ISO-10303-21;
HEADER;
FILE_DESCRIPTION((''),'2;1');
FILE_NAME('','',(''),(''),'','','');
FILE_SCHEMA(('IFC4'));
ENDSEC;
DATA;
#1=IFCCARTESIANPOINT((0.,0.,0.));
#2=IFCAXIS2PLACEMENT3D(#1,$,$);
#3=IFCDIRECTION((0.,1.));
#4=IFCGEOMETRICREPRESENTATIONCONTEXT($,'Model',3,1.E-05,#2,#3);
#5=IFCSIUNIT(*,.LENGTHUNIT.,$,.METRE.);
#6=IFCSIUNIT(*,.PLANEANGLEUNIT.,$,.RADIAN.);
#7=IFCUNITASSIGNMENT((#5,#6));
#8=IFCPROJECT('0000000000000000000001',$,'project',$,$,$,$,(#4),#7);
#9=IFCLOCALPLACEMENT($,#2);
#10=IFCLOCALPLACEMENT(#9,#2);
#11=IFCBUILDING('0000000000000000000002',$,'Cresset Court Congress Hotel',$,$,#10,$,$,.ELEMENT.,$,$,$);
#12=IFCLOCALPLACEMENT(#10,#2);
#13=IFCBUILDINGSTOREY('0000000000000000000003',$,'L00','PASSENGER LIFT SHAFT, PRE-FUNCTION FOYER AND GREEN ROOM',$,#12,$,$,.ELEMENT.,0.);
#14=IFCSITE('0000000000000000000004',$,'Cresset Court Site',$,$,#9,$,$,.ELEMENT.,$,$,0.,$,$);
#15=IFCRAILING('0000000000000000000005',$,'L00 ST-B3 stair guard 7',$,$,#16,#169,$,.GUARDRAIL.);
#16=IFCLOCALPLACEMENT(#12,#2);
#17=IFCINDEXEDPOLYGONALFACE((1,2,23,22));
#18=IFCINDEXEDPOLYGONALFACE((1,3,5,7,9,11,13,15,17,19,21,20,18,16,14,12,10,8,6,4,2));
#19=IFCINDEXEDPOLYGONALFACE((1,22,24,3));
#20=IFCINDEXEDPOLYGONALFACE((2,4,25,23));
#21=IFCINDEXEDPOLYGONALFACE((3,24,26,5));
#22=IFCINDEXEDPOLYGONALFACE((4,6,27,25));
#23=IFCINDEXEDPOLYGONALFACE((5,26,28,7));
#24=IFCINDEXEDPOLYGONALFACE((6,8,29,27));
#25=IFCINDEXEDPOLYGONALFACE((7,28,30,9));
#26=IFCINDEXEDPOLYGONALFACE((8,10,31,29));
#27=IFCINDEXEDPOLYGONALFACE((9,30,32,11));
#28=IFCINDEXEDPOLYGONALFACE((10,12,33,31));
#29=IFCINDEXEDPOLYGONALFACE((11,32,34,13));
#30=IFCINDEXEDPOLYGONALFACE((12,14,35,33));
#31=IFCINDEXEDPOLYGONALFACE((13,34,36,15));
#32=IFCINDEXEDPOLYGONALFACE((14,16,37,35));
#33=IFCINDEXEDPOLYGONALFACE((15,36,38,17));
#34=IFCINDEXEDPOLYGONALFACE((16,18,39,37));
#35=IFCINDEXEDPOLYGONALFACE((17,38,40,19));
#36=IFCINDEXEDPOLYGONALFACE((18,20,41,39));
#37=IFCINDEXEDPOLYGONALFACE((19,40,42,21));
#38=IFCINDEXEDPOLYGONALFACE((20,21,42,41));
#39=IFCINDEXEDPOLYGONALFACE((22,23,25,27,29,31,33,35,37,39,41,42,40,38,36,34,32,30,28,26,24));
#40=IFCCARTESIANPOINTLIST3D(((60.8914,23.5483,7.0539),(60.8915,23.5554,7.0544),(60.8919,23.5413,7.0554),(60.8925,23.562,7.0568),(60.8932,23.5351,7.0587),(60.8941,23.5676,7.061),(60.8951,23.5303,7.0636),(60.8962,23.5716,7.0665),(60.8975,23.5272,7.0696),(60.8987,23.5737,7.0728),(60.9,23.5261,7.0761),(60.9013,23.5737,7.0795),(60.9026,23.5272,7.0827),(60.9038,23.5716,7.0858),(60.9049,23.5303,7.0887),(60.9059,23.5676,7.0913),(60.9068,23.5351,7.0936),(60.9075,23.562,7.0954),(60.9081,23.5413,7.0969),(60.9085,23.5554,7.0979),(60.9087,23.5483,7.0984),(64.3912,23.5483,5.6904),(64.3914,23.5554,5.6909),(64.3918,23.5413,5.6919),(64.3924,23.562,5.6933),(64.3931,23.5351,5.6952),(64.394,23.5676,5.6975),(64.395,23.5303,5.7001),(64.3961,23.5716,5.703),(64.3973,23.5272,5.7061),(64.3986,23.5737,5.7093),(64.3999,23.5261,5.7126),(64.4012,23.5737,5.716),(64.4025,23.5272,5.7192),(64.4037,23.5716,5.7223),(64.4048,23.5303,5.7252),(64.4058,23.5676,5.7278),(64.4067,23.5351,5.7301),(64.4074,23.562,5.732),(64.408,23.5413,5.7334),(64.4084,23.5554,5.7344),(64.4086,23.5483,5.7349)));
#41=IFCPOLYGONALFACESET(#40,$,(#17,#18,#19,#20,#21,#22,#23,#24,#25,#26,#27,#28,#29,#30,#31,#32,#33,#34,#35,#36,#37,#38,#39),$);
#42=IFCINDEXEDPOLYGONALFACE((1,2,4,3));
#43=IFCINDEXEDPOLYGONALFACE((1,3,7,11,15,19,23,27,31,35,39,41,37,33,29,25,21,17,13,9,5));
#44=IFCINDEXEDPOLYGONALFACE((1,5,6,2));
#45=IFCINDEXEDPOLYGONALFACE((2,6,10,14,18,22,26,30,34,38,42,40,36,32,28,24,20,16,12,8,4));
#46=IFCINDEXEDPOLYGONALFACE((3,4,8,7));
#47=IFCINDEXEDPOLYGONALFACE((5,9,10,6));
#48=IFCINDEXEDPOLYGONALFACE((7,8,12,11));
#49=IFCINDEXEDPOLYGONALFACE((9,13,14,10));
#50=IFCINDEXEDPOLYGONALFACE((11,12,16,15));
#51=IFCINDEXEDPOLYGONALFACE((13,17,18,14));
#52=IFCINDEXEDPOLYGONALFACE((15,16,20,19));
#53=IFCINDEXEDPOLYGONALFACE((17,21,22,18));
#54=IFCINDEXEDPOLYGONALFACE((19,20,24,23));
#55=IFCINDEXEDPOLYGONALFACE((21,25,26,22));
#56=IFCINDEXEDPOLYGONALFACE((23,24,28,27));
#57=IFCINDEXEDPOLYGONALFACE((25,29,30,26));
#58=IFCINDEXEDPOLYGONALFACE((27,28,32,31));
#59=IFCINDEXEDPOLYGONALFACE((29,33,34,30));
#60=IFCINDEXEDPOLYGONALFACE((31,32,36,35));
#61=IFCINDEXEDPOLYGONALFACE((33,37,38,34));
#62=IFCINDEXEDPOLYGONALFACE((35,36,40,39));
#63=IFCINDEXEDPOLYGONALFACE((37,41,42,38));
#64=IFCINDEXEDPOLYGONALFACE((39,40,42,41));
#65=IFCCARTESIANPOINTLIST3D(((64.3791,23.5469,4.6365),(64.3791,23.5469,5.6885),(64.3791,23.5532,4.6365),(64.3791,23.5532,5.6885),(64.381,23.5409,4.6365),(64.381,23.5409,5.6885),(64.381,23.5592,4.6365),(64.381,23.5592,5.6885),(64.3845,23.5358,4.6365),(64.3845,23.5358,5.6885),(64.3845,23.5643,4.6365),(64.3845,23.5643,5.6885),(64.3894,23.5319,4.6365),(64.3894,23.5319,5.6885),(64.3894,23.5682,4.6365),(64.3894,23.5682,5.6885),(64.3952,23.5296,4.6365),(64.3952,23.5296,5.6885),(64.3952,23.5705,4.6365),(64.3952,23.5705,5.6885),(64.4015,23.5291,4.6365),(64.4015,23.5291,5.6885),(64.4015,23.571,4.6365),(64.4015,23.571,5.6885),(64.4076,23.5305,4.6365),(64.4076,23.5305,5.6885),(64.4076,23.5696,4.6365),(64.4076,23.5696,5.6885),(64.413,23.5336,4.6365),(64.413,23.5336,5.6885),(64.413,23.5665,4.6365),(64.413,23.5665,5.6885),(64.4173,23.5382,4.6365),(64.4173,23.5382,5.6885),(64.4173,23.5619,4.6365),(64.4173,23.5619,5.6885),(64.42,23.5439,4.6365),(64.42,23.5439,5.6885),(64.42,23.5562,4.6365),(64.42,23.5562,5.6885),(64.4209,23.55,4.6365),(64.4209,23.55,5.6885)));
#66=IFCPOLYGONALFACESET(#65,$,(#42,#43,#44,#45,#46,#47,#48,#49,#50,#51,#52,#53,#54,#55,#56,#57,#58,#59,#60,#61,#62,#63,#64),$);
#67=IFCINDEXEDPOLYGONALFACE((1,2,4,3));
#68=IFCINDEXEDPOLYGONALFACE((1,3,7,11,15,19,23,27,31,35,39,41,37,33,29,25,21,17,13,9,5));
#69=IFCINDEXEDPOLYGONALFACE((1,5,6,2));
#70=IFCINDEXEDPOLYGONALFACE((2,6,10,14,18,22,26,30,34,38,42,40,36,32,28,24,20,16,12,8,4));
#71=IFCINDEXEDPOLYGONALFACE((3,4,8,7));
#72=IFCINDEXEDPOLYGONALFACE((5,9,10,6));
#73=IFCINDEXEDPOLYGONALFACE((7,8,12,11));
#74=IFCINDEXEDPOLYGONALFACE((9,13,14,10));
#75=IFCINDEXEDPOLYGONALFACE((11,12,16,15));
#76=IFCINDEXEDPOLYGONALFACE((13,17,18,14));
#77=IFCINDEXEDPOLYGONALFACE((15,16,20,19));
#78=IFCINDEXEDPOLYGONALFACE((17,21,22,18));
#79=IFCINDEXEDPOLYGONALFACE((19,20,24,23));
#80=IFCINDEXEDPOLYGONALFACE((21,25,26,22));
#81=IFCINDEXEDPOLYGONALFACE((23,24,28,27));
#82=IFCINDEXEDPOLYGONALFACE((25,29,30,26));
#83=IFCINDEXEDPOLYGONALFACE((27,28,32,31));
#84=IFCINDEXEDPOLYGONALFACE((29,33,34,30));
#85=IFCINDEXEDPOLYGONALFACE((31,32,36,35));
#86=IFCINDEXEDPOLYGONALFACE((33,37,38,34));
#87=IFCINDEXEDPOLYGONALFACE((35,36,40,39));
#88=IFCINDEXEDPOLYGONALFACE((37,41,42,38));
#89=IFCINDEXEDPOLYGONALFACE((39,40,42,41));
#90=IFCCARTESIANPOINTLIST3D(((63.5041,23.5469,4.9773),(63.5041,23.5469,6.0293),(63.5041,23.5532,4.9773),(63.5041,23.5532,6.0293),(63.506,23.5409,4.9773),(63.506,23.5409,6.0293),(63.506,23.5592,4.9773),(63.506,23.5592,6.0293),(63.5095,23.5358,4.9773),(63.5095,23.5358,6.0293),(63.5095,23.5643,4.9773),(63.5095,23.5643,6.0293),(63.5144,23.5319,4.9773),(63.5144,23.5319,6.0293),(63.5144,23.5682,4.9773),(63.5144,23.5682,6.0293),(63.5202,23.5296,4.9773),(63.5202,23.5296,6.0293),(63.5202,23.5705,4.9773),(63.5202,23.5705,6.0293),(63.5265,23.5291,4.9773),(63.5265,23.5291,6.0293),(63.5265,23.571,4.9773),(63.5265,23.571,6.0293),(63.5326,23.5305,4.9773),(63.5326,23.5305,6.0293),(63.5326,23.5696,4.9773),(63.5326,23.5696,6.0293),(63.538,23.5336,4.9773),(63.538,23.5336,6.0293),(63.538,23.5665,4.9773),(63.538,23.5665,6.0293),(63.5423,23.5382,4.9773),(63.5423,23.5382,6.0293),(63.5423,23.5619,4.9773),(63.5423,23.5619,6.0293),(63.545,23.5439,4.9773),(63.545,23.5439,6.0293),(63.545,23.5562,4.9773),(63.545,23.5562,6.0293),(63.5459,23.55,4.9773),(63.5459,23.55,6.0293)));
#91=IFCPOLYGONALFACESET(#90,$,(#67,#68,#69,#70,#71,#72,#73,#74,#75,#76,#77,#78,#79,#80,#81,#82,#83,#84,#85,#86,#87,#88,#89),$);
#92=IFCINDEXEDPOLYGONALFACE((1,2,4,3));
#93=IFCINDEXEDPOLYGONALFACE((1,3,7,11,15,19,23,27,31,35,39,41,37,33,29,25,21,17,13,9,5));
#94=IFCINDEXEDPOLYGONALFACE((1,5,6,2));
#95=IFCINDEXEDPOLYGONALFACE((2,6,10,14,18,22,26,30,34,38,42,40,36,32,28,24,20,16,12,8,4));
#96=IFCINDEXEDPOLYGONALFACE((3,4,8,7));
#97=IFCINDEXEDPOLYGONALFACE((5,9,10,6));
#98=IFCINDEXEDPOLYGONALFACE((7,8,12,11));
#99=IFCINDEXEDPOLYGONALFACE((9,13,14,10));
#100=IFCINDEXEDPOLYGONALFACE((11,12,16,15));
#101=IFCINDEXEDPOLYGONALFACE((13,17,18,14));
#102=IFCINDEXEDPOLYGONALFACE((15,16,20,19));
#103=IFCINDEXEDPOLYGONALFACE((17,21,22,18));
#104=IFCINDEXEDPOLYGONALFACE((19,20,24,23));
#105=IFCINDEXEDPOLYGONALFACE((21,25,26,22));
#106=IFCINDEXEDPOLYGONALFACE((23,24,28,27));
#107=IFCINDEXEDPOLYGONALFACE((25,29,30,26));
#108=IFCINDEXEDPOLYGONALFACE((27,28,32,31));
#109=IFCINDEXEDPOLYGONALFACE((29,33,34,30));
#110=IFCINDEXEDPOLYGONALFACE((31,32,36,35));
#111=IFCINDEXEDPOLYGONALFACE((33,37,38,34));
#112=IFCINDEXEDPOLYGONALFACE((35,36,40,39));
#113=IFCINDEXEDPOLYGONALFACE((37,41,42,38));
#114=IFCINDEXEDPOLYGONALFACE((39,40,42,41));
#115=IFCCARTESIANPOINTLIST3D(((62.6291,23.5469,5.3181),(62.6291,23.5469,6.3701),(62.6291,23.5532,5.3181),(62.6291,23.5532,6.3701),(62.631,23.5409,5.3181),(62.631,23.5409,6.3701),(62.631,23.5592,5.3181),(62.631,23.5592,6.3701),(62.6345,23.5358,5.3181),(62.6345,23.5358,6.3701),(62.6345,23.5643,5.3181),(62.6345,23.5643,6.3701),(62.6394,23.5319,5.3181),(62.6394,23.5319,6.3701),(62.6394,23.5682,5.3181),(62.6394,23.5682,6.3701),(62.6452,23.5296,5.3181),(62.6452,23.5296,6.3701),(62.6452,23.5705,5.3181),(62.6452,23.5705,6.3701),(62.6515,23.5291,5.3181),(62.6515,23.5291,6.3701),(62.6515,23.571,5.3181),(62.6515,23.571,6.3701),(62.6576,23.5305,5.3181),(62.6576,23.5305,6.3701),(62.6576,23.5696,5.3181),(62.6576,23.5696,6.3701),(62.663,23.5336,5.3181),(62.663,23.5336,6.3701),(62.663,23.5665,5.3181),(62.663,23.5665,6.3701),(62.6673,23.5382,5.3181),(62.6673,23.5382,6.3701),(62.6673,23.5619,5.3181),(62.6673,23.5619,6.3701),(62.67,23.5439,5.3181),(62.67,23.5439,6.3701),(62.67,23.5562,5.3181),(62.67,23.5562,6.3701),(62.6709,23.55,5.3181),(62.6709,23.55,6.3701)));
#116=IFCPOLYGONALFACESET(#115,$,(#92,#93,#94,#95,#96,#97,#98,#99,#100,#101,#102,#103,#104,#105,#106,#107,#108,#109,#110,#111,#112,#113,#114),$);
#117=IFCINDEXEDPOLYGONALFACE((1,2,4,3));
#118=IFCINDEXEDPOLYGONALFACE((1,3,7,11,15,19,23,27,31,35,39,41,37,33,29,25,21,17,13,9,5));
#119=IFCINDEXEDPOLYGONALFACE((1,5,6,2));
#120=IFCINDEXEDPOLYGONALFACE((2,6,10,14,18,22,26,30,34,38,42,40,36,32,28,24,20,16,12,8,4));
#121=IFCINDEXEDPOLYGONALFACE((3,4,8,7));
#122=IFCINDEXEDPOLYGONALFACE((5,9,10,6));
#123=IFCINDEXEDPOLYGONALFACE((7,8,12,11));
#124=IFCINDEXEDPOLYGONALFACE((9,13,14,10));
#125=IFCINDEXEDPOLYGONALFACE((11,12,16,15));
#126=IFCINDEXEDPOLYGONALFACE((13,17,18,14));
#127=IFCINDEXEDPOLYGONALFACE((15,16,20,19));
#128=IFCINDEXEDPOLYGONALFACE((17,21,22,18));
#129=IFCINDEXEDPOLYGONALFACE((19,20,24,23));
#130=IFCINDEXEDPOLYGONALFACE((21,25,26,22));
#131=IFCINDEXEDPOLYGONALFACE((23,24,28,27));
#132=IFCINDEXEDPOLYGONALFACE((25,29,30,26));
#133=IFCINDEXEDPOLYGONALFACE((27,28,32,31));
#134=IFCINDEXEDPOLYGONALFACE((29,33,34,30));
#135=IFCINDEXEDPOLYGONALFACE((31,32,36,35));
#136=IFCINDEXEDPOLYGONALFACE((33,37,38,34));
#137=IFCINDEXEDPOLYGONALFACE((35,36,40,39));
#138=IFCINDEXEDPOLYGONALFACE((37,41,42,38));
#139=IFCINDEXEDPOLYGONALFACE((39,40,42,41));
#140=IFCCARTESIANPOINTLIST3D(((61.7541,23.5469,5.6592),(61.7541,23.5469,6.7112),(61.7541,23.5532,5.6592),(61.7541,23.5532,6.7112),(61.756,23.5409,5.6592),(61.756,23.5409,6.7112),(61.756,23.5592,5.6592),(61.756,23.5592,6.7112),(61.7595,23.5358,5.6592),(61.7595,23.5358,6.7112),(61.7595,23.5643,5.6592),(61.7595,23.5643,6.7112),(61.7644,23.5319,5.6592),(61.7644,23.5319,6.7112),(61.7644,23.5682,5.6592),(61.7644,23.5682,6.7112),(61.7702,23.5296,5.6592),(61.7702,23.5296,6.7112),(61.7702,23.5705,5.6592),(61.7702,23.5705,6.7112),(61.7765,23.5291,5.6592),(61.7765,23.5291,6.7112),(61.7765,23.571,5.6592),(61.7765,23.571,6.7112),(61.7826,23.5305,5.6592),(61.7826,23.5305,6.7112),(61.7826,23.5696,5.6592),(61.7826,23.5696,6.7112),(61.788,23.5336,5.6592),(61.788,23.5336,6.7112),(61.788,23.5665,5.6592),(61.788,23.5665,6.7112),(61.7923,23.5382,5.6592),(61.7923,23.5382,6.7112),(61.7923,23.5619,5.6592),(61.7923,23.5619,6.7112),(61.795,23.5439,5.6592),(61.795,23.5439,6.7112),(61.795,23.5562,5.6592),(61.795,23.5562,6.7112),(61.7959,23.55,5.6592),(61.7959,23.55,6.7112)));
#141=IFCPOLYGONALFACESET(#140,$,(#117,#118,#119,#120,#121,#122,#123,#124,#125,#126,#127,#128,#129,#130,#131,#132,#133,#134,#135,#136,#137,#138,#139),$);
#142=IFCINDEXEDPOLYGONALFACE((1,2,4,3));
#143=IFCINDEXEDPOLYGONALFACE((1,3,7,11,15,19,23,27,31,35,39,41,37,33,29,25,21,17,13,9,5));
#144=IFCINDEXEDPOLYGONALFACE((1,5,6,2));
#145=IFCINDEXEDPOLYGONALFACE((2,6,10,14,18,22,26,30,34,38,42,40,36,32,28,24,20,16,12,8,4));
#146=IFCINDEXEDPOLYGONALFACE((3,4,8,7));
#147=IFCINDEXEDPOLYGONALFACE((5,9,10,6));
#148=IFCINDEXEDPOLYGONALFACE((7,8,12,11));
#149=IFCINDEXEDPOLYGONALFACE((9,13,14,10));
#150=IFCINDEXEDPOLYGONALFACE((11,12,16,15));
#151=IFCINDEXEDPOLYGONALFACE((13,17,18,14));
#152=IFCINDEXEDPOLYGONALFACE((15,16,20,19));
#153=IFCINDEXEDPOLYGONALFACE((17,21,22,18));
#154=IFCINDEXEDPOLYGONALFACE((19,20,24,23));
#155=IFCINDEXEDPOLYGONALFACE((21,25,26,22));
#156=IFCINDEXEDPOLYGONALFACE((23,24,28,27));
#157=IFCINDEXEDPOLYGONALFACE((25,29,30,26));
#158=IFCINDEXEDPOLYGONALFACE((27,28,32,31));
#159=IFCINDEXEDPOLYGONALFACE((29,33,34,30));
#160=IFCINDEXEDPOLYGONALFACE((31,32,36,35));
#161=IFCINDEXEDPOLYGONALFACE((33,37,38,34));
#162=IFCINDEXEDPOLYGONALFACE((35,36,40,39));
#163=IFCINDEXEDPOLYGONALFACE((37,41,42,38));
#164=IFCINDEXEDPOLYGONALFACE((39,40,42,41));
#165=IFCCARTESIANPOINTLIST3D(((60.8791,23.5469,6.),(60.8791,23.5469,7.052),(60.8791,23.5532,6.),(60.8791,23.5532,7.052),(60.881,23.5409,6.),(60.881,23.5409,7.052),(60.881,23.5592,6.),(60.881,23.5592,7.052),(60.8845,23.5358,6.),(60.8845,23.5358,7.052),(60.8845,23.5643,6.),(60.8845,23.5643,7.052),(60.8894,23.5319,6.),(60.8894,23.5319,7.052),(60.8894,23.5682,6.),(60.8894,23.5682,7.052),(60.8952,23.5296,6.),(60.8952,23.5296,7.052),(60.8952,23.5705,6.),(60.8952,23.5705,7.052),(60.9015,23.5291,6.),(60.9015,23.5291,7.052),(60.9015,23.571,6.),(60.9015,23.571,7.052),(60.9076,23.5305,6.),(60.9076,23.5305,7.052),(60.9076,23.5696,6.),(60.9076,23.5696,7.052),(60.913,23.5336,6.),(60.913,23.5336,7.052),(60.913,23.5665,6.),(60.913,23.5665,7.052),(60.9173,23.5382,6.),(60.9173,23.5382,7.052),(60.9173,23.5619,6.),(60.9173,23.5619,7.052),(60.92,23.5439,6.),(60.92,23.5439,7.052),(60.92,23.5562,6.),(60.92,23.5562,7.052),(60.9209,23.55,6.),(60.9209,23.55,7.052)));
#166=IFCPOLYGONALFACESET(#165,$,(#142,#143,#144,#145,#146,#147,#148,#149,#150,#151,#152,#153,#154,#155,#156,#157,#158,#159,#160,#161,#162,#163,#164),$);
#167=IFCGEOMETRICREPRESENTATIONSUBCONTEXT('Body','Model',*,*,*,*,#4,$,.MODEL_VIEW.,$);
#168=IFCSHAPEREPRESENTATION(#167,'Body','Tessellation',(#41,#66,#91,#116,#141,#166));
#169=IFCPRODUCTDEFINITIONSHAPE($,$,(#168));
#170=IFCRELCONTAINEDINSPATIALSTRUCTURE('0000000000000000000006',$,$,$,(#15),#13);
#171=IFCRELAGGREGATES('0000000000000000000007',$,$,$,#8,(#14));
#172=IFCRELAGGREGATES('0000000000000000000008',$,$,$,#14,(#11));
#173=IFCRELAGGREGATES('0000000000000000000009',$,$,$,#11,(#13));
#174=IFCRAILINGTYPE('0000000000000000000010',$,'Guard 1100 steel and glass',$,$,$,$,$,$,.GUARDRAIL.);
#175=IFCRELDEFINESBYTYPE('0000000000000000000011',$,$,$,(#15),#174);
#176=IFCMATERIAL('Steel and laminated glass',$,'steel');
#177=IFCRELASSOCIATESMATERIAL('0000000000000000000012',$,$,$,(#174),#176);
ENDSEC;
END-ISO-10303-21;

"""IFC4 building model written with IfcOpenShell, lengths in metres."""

from ifc_helpers import new_model, si_unit, direction, frame, origin, origin_2d, place, context, subcontext, project, spatial, circle, extrude, material, type_object, element, save


model = new_model("IFC4")

# Units and contexts
model_context = context("Model", 3, precision=1e-05, world=origin(), true_north=direction((0.0, 1.0)))
body_context = subcontext(model_context, "Body", "Model", "MODEL_VIEW")
ifc_project = project(units=[si_unit("LENGTHUNIT", "METRE"), si_unit("PLANEANGLEUNIT", "RADIAN")], contexts=[model_context])

# Site, building, storey
site_placement = place(None, origin())
site = spatial("IfcSite", under=ifc_project, at=site_placement, Name="Cresset Court Site", CompositionType="ELEMENT", RefElevation=0.0)
building_placement = place(site_placement, origin())
building = spatial("IfcBuilding", under=site, at=building_placement, Name="Cresset Court Congress Hotel", CompositionType="ELEMENT")
storey_placement = place(building_placement, origin())
storey = spatial("IfcBuildingStorey", under=building, at=storey_placement, Name="L00", Description="PASSENGER LIFT SHAFT, PRE-FUNCTION FOYER AND GREEN ROOM", CompositionType="ELEMENT", Elevation=0.0)

# Railing
ifc_material_1 = material(Name="Steel and laminated glass", Category="steel")
railing_type_1 = type_object("IfcRailingType", Name="Guard 1100 steel and glass", PredefinedType="GUARDRAIL", material=ifc_material_1)
railing_1_placement = place(storey_placement, frame((64.3999, 23.55, 4.6365)))
element("IfcRailing", 1, at=railing_1_placement, inside=storey, type_object=railing_type_1, Name="L00 ST-B3 stair guard 7", PredefinedType="GUARDRAIL", context=body_context, shape_type="SweptSolid", body=[
    extrude(circle(Radius=0.0239, at=origin_2d()), frame((0.0, 0.0, 1.0762), z_axis=(-0.931787, 0.0, 0.363005), x_axis=(0.0, -1.0, 0.0)), (0.0, 0.0, 1.0), 3.7561),
    extrude(circle(Radius=0.021, at=origin_2d()), origin(), (0.0, 0.0, 1.0), 1.052),
    extrude(circle(Radius=0.021, at=origin_2d()), frame((-0.875, 0.0, 0.3408)), (0.0, 0.0, 1.0), 1.052),
    extrude(circle(Radius=0.021, at=origin_2d()), frame((-1.75, 0.0, 0.6816)), (0.0, 0.0, 1.0), 1.052),
    extrude(circle(Radius=0.021, at=origin_2d()), frame((-2.625, 0.0, 1.0227)), (0.0, 0.0, 1.0), 1.052),
    extrude(circle(Radius=0.021, at=origin_2d()), frame((-3.5, 0.0, 1.3635)), (0.0, 0.0, 1.0), 1.052),
])

save(model, "model.ifc")
